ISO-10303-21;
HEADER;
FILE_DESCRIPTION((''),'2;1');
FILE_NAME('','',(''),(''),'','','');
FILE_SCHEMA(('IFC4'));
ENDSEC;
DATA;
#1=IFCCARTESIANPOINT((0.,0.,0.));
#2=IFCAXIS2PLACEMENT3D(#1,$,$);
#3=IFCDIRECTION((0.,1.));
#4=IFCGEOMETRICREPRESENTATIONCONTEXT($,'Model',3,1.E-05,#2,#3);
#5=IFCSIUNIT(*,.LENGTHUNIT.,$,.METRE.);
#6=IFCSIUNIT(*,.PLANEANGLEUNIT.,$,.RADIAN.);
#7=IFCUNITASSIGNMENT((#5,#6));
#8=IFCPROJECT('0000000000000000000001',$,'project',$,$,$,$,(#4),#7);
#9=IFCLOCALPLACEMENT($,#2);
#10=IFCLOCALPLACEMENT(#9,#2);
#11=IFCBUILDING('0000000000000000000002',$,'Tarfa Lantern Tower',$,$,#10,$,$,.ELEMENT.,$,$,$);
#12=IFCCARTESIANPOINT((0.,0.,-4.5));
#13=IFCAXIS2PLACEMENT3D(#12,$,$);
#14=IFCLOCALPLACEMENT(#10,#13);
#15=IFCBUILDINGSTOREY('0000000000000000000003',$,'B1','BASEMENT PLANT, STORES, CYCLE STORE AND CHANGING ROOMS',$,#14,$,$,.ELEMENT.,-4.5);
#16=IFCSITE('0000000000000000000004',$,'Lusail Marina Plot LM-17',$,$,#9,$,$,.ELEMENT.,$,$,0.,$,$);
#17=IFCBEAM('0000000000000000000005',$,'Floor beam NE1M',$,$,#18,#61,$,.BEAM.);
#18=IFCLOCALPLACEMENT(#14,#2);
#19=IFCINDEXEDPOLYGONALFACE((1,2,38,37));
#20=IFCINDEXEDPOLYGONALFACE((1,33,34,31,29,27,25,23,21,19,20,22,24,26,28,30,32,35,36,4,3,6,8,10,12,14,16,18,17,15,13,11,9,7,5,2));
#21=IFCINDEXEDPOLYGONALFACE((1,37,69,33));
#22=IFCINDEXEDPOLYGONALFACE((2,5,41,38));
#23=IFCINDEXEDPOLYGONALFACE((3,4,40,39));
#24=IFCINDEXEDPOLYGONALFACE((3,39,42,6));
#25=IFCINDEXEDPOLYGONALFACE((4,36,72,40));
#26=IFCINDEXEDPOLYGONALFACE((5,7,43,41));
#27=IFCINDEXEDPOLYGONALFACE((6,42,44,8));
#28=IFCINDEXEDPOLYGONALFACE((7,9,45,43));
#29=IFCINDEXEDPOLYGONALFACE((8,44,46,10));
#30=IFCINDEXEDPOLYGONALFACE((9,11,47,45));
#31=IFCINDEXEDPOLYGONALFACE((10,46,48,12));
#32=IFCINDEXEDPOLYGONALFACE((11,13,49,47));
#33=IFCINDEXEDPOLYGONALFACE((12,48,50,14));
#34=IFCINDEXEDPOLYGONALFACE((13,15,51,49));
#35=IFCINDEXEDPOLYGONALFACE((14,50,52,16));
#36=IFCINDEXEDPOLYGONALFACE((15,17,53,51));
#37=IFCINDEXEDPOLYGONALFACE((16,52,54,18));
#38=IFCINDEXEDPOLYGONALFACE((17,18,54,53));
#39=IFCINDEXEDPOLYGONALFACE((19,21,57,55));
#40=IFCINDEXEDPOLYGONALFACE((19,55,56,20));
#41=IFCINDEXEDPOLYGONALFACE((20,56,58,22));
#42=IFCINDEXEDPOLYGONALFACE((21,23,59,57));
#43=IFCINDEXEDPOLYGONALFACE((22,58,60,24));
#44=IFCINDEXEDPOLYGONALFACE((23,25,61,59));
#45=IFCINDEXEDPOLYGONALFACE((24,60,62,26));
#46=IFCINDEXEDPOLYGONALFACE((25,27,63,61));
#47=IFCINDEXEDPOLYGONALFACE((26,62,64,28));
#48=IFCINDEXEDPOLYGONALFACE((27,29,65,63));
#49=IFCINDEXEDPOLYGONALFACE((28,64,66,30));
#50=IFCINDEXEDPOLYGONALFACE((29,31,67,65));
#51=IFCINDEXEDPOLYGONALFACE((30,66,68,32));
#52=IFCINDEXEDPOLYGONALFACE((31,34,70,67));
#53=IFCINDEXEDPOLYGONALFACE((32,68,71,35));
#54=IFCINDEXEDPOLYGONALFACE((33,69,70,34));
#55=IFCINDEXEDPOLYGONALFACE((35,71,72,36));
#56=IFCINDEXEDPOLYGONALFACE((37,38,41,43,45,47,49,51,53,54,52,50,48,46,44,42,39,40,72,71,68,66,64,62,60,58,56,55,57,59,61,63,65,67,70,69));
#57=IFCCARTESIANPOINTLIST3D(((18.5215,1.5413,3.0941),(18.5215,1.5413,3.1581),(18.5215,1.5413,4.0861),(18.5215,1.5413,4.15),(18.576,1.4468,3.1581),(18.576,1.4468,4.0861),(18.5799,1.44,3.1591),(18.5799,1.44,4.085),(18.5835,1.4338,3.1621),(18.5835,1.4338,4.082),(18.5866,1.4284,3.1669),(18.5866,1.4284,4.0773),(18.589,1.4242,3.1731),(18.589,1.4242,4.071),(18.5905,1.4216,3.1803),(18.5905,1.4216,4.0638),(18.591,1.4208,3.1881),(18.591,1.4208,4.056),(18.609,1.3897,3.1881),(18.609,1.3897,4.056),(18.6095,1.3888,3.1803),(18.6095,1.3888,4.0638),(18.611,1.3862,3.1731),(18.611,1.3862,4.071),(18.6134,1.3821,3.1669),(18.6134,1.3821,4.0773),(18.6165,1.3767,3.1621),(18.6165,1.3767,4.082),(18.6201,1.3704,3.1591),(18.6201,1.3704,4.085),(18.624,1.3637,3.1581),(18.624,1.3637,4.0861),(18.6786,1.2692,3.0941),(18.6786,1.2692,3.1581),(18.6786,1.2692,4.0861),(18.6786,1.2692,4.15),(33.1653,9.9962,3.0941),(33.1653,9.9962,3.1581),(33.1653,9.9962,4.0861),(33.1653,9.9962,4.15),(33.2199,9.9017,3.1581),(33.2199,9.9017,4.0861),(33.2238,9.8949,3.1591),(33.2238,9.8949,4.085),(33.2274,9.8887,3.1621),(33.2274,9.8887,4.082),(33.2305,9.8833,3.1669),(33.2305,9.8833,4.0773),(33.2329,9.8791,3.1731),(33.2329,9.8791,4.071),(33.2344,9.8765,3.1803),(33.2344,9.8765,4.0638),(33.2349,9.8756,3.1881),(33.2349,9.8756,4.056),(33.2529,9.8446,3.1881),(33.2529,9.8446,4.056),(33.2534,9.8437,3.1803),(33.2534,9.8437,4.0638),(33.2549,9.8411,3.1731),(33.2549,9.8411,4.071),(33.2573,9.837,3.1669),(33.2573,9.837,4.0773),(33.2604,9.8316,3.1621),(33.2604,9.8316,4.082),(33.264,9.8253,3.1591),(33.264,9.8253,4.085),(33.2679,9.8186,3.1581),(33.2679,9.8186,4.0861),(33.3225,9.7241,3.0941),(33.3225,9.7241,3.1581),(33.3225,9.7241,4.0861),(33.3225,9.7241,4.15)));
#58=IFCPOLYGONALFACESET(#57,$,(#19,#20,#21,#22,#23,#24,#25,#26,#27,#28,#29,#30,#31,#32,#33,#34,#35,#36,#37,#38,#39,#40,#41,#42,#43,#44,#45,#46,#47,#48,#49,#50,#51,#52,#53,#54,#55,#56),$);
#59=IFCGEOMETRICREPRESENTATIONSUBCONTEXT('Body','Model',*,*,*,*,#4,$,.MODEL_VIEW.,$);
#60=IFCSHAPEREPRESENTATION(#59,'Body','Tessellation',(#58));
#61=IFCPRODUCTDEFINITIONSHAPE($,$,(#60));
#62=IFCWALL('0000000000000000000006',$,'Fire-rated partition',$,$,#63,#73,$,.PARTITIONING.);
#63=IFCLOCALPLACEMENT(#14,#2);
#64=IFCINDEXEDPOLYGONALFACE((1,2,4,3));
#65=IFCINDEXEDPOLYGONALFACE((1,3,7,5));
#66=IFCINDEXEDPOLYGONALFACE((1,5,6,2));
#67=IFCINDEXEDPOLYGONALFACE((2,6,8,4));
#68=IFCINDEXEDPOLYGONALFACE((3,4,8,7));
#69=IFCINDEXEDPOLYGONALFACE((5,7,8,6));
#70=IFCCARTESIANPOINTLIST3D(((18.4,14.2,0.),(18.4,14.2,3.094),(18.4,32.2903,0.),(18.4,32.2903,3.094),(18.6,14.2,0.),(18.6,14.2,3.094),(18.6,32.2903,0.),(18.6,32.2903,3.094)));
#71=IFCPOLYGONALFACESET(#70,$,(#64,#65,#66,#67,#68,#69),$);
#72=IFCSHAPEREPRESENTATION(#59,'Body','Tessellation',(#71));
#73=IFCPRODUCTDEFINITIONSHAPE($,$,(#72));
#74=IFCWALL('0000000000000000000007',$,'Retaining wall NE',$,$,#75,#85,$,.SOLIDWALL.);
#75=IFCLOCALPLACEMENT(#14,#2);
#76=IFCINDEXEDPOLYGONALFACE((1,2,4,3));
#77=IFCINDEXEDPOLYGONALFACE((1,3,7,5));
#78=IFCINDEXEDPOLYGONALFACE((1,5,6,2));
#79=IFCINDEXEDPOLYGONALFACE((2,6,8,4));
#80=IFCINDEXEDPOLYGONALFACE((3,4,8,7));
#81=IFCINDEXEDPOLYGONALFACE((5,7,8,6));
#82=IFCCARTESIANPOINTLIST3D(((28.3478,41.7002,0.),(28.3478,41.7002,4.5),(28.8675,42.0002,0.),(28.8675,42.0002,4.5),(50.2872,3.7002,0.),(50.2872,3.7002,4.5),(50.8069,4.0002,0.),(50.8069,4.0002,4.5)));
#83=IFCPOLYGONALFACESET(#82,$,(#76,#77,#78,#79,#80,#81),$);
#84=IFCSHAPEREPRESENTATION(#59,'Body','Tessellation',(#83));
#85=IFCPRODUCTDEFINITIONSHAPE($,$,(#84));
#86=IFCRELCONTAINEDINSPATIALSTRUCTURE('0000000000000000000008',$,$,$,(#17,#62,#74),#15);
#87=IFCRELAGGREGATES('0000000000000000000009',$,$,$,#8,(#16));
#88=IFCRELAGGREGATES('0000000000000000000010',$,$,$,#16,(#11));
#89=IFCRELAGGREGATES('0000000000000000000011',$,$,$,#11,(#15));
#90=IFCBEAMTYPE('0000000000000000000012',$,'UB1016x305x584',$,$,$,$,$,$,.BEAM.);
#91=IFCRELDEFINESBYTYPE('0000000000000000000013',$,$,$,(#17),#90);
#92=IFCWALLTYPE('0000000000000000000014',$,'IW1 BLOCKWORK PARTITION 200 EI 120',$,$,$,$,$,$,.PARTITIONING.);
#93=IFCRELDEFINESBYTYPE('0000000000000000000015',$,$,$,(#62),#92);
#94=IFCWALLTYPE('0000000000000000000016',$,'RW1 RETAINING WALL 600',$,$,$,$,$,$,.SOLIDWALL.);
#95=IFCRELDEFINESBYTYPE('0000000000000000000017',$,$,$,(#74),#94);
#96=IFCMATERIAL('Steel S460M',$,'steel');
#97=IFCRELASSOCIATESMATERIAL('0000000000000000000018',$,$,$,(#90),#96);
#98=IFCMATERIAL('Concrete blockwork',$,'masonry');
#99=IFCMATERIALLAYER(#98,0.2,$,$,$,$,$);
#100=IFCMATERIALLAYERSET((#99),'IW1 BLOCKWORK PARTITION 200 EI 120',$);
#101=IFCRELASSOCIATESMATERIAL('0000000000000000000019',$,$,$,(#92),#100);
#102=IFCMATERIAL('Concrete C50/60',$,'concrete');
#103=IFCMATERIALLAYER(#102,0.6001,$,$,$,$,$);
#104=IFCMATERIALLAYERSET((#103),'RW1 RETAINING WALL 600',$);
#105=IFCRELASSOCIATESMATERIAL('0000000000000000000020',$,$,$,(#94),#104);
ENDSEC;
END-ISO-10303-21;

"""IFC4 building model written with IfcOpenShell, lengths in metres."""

from ifc_helpers import new_model, si_unit, direction, frame, frame_2d, origin, origin_2d, place, context, subcontext, project, spatial, rectangle, i_section, extrude, material, layer, layer_set, material_profile, profile_set, type_object, element, save


model = new_model("IFC4")

# Units and contexts
model_context = context("Model", 3, precision=1e-05, world=origin(), true_north=direction((0.0, 1.0)))
body_context = subcontext(model_context, "Body", "Model", "MODEL_VIEW")
ifc_project = project(units=[si_unit("LENGTHUNIT", "METRE"), si_unit("PLANEANGLEUNIT", "RADIAN")], contexts=[model_context])

# Site, building, storey
site_placement = place(None, origin())
site = spatial("IfcSite", under=ifc_project, at=site_placement, Name="Lusail Marina Plot LM-17", CompositionType="ELEMENT", RefElevation=0.0)
building_placement = place(site_placement, origin())
building = spatial("IfcBuilding", under=site, at=building_placement, Name="Tarfa Lantern Tower", CompositionType="ELEMENT")
storey_placement = place(building_placement, frame((0.0, 0.0, -4.5)))
storey = spatial("IfcBuildingStorey", under=building, at=storey_placement, Name="B1", Description="BASEMENT PLANT, STORES, CYCLE STORE AND CHANGING ROOMS", CompositionType="ELEMENT", Elevation=-4.5)

# Beam
ifc_material_1 = material(Name="Steel S460M", Category="steel")
ifc_material_profile_1 = material_profile(ifc_material_1, i_section(OverallWidth=0.3142, OverallDepth=1.0559, WebThickness=0.0359, FlangeThickness=0.064, FilletRadius=0.03, at=origin_2d()), Name="UB1016x305x584")
ifc_profile_set_1 = profile_set([ifc_material_profile_1], Name="Steel S460M")
beam_type_1 = type_object("IfcBeamType", Name="UB1016x305x584", PredefinedType="BEAM", material=ifc_profile_set_1)
beam_1_placement = place(storey_placement, frame((33.2439, 9.8601, 3.6221), z_axis=(-0.866019, -0.50001, 0.0), x_axis=(0.50001, -0.866019, 0.0)))
element("IfcBeam", 1, at=beam_1_placement, inside=storey, type_object=beam_type_1, Name="Floor beam NE1M", PredefinedType="BEAM", context=body_context, shape_type="SweptSolid", body=[
    extrude(i_section(OverallWidth=0.3142, OverallDepth=1.0559, WebThickness=0.0359, FlangeThickness=0.064, FilletRadius=0.03, at=origin_2d()), origin(), (0.0, 0.0, 1.0), 16.9094),
])

# Walls
ifc_material_2 = material(Name="Concrete blockwork", Category="masonry")
ifc_layer_1 = layer(ifc_material_2, 0.2)
ifc_layer_set_1 = layer_set([ifc_layer_1], Name="IW1 BLOCKWORK PARTITION 200 EI 120")
wall_type_1 = type_object("IfcWallType", Name="IW1 BLOCKWORK PARTITION 200 EI 120", PredefinedType="PARTITIONING", material=ifc_layer_set_1)
wall_1_placement = place(storey_placement, frame((18.5, 14.2, 0.0), z_axis=(0.0, 0.0, 1.0), x_axis=(0.0, 1.0, 0.0)))
element("IfcWall", 2, at=wall_1_placement, inside=storey, type_object=wall_type_1, Name="Fire-rated partition", PredefinedType="PARTITIONING", context=body_context, shape_type="SweptSolid", body=[
    extrude(rectangle(XDim=18.0903, YDim=0.2, at=frame_2d((9.0452, 0.0))), origin(), (0.0, 0.0, 1.0), 3.094),
])
ifc_material_3 = material(Name="Concrete C50/60", Category="concrete")
ifc_layer_2 = layer(ifc_material_3, 0.6001)
ifc_layer_set_2 = layer_set([ifc_layer_2], Name="RW1 RETAINING WALL 600")
wall_type_2 = type_object("IfcWallType", Name="RW1 RETAINING WALL 600", PredefinedType="SOLIDWALL", material=ifc_layer_set_2)
wall_2_placement = place(storey_placement, frame((50.5471, 3.8501, 0.0), z_axis=(0.0, 0.0, 1.0), x_axis=(-0.500002, 0.866024, 0.0)))
element("IfcWall", 3, at=wall_2_placement, inside=storey, type_object=wall_type_2, Name="Retaining wall NE", PredefinedType="SOLIDWALL", context=body_context, shape_type="SweptSolid", body=[
    extrude(rectangle(XDim=43.8787, YDim=0.6001, at=frame_2d((21.9395, 0.0))), origin(), (0.0, 0.0, 1.0), 4.5),
])

save(model, "model.ifc")
